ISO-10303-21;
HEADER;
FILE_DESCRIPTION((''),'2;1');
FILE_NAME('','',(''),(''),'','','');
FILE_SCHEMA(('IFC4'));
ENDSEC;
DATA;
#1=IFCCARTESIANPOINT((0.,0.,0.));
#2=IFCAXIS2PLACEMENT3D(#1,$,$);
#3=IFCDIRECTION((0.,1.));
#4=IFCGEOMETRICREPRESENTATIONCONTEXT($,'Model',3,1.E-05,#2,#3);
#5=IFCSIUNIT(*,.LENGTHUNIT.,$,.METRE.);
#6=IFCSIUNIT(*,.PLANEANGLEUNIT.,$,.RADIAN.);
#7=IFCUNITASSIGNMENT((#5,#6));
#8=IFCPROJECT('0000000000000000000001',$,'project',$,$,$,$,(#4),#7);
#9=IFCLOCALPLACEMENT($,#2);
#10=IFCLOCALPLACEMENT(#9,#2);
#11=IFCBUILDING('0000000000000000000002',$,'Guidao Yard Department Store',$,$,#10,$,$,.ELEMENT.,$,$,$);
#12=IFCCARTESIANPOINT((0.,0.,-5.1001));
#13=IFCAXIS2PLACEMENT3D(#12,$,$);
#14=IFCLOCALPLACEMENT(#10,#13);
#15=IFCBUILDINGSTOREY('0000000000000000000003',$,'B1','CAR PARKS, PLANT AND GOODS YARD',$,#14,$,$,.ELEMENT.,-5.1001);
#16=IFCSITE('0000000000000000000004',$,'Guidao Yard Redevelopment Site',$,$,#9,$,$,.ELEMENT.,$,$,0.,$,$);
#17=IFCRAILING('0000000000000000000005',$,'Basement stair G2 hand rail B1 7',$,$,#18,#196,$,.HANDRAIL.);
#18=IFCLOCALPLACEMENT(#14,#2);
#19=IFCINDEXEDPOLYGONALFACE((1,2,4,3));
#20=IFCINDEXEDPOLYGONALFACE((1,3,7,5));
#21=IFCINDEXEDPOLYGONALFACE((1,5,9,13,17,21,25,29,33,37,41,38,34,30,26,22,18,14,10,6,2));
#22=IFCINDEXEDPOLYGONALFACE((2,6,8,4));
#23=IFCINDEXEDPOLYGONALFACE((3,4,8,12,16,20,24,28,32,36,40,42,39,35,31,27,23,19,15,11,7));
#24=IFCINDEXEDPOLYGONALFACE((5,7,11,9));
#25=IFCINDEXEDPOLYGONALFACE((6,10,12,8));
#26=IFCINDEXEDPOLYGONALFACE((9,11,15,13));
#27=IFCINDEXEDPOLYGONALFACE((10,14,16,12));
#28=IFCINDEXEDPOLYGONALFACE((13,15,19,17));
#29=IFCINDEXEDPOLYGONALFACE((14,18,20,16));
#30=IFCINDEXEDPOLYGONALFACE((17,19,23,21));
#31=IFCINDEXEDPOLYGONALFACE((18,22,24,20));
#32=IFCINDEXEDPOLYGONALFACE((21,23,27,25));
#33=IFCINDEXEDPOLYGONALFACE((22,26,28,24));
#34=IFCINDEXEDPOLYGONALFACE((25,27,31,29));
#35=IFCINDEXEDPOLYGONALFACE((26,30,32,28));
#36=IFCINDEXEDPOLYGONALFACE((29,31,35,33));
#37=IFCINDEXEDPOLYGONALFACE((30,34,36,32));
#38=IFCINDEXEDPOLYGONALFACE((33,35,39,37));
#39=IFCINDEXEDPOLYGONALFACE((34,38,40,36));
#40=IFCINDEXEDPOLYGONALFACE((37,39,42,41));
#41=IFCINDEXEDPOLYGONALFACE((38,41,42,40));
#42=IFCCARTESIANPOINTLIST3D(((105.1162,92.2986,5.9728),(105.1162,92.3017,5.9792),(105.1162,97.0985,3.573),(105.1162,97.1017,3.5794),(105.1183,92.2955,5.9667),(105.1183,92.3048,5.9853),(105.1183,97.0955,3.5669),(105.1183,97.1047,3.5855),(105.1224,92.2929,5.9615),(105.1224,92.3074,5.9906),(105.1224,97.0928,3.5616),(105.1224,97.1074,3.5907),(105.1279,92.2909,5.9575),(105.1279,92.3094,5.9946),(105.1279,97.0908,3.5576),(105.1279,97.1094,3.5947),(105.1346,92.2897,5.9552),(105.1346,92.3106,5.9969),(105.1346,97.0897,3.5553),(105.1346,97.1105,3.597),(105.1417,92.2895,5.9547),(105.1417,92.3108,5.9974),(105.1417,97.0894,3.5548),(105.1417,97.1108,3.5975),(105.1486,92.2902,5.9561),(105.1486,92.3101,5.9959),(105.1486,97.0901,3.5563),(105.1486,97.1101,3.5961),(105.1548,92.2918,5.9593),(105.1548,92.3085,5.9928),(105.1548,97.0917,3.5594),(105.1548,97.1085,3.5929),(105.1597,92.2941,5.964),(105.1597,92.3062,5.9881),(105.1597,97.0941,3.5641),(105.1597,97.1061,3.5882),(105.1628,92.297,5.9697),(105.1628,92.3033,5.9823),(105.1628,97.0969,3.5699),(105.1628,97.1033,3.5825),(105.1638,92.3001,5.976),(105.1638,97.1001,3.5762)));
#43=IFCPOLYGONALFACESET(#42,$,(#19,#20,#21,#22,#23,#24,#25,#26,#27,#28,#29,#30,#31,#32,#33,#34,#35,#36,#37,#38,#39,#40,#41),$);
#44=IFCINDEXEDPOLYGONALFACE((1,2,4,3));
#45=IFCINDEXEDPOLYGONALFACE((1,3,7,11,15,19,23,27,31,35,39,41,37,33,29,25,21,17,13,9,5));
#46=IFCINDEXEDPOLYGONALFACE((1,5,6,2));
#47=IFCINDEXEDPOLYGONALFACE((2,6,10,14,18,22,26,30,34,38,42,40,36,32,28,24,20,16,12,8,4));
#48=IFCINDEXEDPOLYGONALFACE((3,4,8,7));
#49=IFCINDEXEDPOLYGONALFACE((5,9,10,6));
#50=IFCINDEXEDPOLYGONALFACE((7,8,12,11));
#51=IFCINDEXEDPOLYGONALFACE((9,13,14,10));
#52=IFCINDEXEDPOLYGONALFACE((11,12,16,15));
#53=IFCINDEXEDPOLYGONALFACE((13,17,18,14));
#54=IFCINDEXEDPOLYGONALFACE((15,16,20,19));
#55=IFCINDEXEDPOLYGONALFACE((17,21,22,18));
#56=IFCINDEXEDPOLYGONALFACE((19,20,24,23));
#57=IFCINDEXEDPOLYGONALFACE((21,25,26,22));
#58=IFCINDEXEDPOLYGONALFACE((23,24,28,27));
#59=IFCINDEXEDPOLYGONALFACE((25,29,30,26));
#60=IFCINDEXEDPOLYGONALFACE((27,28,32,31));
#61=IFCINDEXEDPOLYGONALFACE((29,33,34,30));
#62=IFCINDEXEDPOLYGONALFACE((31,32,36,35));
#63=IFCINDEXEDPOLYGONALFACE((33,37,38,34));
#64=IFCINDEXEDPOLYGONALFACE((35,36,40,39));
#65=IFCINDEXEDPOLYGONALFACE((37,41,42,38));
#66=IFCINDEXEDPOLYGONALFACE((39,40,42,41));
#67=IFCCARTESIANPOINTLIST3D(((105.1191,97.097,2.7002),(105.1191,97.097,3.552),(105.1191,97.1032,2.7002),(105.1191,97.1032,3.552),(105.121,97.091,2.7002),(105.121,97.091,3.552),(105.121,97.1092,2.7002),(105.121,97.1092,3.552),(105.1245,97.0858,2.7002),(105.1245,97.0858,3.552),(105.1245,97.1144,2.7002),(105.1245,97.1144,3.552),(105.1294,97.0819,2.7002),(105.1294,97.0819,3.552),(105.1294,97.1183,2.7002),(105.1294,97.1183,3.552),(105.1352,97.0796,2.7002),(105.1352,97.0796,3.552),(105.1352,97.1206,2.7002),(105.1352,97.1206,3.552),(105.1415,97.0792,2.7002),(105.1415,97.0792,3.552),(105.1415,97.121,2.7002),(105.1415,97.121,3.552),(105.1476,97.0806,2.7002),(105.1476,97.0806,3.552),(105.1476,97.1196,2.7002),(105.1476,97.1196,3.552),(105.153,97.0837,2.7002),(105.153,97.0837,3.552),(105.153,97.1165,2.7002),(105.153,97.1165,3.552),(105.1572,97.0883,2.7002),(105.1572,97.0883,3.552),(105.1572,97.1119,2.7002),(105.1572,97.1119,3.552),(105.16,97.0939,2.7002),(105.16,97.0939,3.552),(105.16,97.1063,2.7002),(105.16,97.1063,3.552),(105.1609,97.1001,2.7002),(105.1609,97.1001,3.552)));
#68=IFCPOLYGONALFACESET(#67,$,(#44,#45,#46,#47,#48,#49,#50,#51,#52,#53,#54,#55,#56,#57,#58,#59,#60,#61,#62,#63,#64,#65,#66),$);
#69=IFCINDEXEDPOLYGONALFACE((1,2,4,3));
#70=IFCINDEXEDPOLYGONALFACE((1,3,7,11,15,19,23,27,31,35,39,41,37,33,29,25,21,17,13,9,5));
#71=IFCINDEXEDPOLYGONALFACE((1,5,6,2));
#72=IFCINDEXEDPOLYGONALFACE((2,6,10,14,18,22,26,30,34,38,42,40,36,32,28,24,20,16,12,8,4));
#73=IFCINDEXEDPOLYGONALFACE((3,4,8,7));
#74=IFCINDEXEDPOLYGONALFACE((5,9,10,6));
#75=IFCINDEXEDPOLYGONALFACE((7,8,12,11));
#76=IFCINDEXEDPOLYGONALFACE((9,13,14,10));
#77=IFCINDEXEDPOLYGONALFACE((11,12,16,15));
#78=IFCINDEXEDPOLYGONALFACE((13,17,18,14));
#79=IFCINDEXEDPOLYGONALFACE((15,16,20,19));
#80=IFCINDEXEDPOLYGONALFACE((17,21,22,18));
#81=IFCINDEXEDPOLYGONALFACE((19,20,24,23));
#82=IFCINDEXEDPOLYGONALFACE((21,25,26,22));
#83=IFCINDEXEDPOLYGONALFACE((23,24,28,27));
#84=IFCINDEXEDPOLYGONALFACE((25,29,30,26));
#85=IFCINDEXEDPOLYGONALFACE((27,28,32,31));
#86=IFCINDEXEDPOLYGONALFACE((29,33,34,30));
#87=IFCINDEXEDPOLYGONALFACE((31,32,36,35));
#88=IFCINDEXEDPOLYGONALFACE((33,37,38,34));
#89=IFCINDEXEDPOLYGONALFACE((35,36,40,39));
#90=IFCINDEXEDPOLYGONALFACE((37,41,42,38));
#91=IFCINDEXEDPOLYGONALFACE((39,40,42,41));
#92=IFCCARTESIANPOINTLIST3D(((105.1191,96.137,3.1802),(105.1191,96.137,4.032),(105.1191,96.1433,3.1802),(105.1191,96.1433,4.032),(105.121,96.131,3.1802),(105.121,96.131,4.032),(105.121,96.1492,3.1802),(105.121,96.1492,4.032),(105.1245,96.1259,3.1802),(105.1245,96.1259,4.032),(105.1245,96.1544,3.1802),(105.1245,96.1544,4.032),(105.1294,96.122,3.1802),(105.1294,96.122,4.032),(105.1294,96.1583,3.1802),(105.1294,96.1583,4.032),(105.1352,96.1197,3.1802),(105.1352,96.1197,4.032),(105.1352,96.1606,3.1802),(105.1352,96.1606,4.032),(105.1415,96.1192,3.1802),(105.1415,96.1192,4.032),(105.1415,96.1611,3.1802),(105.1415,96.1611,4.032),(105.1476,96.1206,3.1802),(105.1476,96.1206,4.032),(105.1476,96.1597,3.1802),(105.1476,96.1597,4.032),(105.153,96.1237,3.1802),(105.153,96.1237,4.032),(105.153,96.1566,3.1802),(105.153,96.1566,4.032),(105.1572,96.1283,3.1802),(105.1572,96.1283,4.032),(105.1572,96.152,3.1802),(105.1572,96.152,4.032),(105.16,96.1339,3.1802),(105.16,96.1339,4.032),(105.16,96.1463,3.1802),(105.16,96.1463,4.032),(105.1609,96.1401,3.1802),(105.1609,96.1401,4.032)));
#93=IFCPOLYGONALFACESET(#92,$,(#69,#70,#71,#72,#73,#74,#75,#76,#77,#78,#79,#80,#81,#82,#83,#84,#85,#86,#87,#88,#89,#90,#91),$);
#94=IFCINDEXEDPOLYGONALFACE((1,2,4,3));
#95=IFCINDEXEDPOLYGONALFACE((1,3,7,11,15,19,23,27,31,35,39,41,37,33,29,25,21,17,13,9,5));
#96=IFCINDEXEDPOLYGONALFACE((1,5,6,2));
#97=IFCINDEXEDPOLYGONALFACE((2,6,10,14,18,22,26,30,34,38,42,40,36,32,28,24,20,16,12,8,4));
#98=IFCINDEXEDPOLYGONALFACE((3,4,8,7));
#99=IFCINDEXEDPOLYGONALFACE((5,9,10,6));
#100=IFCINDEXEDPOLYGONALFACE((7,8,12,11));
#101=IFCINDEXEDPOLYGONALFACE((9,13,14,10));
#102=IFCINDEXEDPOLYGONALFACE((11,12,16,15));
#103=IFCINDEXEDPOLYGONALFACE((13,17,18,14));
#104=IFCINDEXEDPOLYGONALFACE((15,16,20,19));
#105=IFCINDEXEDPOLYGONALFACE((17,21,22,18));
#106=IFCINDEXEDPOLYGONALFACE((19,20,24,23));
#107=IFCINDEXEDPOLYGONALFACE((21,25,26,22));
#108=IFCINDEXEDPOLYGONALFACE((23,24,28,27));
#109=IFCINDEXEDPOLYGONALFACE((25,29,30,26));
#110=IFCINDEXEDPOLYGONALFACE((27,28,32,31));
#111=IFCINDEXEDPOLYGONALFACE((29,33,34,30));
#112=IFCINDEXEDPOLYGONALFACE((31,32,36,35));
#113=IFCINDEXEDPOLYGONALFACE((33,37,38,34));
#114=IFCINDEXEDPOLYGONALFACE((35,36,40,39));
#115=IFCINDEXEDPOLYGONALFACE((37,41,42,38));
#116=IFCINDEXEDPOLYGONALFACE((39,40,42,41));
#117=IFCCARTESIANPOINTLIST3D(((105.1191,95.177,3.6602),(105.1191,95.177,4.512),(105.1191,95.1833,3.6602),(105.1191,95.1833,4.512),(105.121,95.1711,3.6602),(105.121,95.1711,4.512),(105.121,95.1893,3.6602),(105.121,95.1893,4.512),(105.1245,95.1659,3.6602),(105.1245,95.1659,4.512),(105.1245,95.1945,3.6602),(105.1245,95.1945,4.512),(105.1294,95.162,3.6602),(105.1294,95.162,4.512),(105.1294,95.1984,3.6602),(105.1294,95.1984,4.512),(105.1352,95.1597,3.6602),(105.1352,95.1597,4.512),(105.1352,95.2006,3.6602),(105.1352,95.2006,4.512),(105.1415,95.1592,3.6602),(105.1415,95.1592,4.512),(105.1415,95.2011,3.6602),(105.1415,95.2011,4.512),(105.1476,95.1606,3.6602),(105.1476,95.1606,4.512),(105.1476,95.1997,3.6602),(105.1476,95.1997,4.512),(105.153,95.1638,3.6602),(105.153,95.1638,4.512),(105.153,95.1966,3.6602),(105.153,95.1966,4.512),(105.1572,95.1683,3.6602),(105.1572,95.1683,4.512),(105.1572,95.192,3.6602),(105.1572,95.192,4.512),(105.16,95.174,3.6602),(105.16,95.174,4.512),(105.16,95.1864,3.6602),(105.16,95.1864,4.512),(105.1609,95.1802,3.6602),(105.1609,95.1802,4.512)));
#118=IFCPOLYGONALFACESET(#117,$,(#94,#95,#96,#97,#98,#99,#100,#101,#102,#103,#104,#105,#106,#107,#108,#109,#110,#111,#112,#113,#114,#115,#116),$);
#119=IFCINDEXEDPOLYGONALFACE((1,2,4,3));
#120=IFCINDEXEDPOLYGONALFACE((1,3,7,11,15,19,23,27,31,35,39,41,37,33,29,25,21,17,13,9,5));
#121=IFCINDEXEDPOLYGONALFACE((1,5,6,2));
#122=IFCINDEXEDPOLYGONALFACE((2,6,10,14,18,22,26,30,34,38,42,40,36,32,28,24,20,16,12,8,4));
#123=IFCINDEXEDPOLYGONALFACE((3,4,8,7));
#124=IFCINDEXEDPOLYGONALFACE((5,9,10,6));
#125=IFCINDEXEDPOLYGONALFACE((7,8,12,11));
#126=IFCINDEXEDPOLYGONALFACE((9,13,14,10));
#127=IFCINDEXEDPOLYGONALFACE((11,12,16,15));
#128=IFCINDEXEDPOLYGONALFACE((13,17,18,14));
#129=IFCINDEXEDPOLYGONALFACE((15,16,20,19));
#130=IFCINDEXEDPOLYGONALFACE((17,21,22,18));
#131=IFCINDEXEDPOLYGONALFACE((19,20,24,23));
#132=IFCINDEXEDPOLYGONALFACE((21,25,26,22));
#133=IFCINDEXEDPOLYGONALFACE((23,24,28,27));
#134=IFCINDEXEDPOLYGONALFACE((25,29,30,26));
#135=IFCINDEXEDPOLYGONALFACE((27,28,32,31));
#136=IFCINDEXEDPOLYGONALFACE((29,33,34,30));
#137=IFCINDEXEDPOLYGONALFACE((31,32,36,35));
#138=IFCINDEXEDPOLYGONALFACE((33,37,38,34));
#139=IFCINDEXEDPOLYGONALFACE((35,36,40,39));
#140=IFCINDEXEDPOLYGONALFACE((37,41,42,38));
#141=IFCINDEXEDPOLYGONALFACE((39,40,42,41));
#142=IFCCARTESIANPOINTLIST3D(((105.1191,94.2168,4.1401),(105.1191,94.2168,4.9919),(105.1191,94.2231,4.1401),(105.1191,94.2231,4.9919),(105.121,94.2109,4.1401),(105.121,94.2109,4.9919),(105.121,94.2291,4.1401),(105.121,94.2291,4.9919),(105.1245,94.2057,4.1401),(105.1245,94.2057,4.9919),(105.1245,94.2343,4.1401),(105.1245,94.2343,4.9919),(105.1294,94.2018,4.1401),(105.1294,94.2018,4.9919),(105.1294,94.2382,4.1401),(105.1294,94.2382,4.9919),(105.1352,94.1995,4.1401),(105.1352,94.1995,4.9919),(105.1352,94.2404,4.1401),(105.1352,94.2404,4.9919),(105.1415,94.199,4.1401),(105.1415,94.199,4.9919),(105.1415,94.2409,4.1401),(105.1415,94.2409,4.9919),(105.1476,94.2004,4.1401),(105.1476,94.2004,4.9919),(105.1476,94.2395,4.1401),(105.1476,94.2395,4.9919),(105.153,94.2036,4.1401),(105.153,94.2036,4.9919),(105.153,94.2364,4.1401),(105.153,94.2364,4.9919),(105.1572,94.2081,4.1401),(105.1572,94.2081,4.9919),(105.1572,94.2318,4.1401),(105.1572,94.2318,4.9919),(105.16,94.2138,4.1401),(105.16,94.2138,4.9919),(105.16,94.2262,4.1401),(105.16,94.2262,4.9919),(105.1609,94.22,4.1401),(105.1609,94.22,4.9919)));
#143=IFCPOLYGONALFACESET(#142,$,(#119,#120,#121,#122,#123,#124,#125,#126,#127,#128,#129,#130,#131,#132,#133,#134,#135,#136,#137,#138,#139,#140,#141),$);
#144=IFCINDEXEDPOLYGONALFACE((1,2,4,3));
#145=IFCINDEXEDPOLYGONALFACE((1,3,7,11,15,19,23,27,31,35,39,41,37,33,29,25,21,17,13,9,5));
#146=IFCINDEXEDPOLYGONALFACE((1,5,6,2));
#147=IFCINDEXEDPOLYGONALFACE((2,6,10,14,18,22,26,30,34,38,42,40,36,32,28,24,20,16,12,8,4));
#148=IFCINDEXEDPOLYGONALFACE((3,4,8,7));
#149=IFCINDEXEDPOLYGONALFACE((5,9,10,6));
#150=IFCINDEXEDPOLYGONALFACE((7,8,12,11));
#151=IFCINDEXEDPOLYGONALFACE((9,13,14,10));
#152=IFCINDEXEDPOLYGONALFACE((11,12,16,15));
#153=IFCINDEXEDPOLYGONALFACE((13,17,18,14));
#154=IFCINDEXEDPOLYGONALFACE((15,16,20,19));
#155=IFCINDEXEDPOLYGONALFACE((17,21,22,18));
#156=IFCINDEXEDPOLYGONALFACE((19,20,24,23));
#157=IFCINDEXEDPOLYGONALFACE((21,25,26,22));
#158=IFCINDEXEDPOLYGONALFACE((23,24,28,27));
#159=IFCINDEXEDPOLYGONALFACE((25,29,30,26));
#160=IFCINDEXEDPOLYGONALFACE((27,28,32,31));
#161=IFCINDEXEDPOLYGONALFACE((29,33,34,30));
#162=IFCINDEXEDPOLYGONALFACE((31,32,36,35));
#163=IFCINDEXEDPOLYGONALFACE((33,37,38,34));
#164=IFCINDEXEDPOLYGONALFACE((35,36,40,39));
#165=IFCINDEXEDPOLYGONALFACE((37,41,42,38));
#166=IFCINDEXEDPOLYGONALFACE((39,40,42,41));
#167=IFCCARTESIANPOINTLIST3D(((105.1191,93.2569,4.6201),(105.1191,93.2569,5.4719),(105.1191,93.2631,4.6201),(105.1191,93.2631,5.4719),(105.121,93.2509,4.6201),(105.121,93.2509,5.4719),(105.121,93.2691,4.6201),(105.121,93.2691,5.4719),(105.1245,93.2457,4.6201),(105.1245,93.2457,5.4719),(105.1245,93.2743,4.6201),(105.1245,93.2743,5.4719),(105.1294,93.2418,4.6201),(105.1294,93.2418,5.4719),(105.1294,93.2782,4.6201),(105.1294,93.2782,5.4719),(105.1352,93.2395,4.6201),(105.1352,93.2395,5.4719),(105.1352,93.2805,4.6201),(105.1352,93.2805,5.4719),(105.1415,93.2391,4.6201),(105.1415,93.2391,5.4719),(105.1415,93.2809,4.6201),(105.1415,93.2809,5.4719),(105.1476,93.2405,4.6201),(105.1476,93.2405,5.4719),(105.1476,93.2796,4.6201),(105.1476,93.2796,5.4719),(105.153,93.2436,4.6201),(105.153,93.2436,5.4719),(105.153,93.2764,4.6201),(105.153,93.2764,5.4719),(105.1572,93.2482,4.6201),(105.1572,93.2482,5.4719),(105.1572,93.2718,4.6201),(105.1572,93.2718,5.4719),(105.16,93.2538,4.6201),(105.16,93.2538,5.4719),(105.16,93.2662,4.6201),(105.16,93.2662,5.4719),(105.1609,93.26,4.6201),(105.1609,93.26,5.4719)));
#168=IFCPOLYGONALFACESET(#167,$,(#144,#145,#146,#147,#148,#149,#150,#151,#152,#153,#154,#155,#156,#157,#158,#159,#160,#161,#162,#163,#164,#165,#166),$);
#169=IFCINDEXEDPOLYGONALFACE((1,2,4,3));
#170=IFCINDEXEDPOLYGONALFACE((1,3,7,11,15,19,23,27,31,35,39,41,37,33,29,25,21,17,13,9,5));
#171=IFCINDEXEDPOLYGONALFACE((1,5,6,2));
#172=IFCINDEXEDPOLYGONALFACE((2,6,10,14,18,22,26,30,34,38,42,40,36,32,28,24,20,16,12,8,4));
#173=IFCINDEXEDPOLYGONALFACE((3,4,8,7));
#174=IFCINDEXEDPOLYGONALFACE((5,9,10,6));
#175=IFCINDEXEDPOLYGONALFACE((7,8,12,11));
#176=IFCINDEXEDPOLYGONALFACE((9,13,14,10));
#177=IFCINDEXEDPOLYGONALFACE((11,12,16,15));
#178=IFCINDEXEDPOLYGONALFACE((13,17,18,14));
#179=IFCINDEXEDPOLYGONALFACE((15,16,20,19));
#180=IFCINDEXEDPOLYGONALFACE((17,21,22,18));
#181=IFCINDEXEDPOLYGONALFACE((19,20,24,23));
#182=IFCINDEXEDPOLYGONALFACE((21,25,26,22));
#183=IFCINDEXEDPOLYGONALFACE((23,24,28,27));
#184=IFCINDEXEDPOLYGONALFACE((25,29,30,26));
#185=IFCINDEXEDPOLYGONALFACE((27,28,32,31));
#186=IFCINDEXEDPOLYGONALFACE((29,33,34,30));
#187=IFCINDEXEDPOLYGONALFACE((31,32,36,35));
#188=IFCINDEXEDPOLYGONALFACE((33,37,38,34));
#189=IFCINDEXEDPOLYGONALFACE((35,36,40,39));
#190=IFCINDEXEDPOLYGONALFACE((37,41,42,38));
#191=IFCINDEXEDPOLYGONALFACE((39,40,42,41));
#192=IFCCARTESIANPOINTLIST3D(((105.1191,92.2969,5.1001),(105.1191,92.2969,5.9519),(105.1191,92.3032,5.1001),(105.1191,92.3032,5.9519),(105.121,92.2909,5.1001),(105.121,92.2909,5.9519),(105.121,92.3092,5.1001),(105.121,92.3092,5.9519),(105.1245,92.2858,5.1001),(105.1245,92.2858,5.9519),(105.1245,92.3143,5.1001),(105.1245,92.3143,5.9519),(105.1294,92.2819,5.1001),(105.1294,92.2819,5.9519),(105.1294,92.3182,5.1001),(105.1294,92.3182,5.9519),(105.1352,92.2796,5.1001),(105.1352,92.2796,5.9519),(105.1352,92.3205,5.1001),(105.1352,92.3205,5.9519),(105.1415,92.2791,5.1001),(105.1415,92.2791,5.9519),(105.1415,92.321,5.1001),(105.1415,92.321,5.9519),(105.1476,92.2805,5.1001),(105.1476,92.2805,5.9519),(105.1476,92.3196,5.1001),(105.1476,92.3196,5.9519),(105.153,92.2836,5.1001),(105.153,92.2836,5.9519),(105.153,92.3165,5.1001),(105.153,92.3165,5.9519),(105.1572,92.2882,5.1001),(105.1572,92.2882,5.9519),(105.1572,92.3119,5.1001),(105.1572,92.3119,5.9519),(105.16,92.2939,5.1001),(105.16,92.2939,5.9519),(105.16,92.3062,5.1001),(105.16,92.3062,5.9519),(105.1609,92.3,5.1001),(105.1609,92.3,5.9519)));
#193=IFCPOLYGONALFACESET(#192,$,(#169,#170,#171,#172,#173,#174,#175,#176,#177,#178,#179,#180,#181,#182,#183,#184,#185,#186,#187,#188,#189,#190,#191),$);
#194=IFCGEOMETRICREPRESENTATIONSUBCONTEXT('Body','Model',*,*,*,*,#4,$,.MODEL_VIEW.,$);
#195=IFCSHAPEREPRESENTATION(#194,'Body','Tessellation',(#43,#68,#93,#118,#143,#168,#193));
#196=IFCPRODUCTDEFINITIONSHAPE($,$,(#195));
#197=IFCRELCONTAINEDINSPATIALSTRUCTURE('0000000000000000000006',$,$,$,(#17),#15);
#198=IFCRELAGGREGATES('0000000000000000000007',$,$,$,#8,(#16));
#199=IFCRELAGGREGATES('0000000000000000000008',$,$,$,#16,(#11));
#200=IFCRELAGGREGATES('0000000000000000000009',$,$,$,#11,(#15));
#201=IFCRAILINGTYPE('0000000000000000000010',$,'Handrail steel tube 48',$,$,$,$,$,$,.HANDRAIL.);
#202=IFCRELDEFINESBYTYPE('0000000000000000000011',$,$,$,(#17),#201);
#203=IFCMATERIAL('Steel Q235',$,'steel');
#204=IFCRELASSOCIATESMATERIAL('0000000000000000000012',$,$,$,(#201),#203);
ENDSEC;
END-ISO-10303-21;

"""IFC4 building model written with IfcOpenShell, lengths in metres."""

from ifc_helpers import new_model, si_unit, direction, frame, origin, origin_2d, place, context, subcontext, project, spatial, circle, extrude, material, type_object, element, save


model = new_model("IFC4")

# Units and contexts
model_context = context("Model", 3, precision=1e-05, world=origin(), true_north=direction((0.0, 1.0)))
body_context = subcontext(model_context, "Body", "Model", "MODEL_VIEW")
ifc_project = project(units=[si_unit("LENGTHUNIT", "METRE"), si_unit("PLANEANGLEUNIT", "RADIAN")], contexts=[model_context])

# Site, building, storey
site_placement = place(None, origin())
site = spatial("IfcSite", under=ifc_project, at=site_placement, Name="Guidao Yard Redevelopment Site", CompositionType="ELEMENT", RefElevation=0.0)
building_placement = place(site_placement, origin())
building = spatial("IfcBuilding", under=site, at=building_placement, Name="Guidao Yard Department Store", CompositionType="ELEMENT")
storey_placement = place(building_placement, frame((0.0, 0.0, -5.1001)))
storey = spatial("IfcBuildingStorey", under=building, at=storey_placement, Name="B1", Description="CAR PARKS, PLANT AND GOODS YARD", CompositionType="ELEMENT", Elevation=-5.1001)

# Railing
ifc_material_1 = material(Name="Steel Q235", Category="steel")
railing_type = type_object("IfcRailingType", Name="Handrail steel tube 48", PredefinedType="HANDRAIL", material=ifc_material_1)
for number, where, name in (
    (1, (105.1399, 97.1001, 2.7002), "Basement stair G2 hand rail B1 7"),
):
    element("IfcRailing", number, at=place(storey_placement, frame(where)), inside=storey, type_object=railing_type, Name=name, PredefinedType="HANDRAIL", context=body_context, shape_type="SweptSolid", body=[
        extrude(circle(Radius=0.0239, at=origin_2d()), frame((0.0, 0.0, 0.876), z_axis=(0.0, -0.894436, 0.447195), x_axis=(1.0, 0.0, 0.0)), (0.0, 0.0, 1.0), 5.3665),
        extrude(circle(Radius=0.021, at=origin_2d()), origin(), (0.0, 0.0, 1.0), 0.8518),
        extrude(circle(Radius=0.021, at=origin_2d()), frame((0.0, -0.96, 0.48)), (0.0, 0.0, 1.0), 0.8518),
        extrude(circle(Radius=0.021, at=origin_2d()), frame((0.0, -1.9199, 0.96)), (0.0, 0.0, 1.0), 0.8518),
        extrude(circle(Radius=0.021, at=origin_2d()), frame((0.0, -2.8801, 1.4399)), (0.0, 0.0, 1.0), 0.8518),
        extrude(circle(Radius=0.021, at=origin_2d()), frame((0.0, -3.8401, 1.9199)), (0.0, 0.0, 1.0), 0.8518),
        extrude(circle(Radius=0.021, at=origin_2d()), frame((0.0, -4.8, 2.3999)), (0.0, 0.0, 1.0), 0.8518),
    ])

save(model, "model.ifc")
